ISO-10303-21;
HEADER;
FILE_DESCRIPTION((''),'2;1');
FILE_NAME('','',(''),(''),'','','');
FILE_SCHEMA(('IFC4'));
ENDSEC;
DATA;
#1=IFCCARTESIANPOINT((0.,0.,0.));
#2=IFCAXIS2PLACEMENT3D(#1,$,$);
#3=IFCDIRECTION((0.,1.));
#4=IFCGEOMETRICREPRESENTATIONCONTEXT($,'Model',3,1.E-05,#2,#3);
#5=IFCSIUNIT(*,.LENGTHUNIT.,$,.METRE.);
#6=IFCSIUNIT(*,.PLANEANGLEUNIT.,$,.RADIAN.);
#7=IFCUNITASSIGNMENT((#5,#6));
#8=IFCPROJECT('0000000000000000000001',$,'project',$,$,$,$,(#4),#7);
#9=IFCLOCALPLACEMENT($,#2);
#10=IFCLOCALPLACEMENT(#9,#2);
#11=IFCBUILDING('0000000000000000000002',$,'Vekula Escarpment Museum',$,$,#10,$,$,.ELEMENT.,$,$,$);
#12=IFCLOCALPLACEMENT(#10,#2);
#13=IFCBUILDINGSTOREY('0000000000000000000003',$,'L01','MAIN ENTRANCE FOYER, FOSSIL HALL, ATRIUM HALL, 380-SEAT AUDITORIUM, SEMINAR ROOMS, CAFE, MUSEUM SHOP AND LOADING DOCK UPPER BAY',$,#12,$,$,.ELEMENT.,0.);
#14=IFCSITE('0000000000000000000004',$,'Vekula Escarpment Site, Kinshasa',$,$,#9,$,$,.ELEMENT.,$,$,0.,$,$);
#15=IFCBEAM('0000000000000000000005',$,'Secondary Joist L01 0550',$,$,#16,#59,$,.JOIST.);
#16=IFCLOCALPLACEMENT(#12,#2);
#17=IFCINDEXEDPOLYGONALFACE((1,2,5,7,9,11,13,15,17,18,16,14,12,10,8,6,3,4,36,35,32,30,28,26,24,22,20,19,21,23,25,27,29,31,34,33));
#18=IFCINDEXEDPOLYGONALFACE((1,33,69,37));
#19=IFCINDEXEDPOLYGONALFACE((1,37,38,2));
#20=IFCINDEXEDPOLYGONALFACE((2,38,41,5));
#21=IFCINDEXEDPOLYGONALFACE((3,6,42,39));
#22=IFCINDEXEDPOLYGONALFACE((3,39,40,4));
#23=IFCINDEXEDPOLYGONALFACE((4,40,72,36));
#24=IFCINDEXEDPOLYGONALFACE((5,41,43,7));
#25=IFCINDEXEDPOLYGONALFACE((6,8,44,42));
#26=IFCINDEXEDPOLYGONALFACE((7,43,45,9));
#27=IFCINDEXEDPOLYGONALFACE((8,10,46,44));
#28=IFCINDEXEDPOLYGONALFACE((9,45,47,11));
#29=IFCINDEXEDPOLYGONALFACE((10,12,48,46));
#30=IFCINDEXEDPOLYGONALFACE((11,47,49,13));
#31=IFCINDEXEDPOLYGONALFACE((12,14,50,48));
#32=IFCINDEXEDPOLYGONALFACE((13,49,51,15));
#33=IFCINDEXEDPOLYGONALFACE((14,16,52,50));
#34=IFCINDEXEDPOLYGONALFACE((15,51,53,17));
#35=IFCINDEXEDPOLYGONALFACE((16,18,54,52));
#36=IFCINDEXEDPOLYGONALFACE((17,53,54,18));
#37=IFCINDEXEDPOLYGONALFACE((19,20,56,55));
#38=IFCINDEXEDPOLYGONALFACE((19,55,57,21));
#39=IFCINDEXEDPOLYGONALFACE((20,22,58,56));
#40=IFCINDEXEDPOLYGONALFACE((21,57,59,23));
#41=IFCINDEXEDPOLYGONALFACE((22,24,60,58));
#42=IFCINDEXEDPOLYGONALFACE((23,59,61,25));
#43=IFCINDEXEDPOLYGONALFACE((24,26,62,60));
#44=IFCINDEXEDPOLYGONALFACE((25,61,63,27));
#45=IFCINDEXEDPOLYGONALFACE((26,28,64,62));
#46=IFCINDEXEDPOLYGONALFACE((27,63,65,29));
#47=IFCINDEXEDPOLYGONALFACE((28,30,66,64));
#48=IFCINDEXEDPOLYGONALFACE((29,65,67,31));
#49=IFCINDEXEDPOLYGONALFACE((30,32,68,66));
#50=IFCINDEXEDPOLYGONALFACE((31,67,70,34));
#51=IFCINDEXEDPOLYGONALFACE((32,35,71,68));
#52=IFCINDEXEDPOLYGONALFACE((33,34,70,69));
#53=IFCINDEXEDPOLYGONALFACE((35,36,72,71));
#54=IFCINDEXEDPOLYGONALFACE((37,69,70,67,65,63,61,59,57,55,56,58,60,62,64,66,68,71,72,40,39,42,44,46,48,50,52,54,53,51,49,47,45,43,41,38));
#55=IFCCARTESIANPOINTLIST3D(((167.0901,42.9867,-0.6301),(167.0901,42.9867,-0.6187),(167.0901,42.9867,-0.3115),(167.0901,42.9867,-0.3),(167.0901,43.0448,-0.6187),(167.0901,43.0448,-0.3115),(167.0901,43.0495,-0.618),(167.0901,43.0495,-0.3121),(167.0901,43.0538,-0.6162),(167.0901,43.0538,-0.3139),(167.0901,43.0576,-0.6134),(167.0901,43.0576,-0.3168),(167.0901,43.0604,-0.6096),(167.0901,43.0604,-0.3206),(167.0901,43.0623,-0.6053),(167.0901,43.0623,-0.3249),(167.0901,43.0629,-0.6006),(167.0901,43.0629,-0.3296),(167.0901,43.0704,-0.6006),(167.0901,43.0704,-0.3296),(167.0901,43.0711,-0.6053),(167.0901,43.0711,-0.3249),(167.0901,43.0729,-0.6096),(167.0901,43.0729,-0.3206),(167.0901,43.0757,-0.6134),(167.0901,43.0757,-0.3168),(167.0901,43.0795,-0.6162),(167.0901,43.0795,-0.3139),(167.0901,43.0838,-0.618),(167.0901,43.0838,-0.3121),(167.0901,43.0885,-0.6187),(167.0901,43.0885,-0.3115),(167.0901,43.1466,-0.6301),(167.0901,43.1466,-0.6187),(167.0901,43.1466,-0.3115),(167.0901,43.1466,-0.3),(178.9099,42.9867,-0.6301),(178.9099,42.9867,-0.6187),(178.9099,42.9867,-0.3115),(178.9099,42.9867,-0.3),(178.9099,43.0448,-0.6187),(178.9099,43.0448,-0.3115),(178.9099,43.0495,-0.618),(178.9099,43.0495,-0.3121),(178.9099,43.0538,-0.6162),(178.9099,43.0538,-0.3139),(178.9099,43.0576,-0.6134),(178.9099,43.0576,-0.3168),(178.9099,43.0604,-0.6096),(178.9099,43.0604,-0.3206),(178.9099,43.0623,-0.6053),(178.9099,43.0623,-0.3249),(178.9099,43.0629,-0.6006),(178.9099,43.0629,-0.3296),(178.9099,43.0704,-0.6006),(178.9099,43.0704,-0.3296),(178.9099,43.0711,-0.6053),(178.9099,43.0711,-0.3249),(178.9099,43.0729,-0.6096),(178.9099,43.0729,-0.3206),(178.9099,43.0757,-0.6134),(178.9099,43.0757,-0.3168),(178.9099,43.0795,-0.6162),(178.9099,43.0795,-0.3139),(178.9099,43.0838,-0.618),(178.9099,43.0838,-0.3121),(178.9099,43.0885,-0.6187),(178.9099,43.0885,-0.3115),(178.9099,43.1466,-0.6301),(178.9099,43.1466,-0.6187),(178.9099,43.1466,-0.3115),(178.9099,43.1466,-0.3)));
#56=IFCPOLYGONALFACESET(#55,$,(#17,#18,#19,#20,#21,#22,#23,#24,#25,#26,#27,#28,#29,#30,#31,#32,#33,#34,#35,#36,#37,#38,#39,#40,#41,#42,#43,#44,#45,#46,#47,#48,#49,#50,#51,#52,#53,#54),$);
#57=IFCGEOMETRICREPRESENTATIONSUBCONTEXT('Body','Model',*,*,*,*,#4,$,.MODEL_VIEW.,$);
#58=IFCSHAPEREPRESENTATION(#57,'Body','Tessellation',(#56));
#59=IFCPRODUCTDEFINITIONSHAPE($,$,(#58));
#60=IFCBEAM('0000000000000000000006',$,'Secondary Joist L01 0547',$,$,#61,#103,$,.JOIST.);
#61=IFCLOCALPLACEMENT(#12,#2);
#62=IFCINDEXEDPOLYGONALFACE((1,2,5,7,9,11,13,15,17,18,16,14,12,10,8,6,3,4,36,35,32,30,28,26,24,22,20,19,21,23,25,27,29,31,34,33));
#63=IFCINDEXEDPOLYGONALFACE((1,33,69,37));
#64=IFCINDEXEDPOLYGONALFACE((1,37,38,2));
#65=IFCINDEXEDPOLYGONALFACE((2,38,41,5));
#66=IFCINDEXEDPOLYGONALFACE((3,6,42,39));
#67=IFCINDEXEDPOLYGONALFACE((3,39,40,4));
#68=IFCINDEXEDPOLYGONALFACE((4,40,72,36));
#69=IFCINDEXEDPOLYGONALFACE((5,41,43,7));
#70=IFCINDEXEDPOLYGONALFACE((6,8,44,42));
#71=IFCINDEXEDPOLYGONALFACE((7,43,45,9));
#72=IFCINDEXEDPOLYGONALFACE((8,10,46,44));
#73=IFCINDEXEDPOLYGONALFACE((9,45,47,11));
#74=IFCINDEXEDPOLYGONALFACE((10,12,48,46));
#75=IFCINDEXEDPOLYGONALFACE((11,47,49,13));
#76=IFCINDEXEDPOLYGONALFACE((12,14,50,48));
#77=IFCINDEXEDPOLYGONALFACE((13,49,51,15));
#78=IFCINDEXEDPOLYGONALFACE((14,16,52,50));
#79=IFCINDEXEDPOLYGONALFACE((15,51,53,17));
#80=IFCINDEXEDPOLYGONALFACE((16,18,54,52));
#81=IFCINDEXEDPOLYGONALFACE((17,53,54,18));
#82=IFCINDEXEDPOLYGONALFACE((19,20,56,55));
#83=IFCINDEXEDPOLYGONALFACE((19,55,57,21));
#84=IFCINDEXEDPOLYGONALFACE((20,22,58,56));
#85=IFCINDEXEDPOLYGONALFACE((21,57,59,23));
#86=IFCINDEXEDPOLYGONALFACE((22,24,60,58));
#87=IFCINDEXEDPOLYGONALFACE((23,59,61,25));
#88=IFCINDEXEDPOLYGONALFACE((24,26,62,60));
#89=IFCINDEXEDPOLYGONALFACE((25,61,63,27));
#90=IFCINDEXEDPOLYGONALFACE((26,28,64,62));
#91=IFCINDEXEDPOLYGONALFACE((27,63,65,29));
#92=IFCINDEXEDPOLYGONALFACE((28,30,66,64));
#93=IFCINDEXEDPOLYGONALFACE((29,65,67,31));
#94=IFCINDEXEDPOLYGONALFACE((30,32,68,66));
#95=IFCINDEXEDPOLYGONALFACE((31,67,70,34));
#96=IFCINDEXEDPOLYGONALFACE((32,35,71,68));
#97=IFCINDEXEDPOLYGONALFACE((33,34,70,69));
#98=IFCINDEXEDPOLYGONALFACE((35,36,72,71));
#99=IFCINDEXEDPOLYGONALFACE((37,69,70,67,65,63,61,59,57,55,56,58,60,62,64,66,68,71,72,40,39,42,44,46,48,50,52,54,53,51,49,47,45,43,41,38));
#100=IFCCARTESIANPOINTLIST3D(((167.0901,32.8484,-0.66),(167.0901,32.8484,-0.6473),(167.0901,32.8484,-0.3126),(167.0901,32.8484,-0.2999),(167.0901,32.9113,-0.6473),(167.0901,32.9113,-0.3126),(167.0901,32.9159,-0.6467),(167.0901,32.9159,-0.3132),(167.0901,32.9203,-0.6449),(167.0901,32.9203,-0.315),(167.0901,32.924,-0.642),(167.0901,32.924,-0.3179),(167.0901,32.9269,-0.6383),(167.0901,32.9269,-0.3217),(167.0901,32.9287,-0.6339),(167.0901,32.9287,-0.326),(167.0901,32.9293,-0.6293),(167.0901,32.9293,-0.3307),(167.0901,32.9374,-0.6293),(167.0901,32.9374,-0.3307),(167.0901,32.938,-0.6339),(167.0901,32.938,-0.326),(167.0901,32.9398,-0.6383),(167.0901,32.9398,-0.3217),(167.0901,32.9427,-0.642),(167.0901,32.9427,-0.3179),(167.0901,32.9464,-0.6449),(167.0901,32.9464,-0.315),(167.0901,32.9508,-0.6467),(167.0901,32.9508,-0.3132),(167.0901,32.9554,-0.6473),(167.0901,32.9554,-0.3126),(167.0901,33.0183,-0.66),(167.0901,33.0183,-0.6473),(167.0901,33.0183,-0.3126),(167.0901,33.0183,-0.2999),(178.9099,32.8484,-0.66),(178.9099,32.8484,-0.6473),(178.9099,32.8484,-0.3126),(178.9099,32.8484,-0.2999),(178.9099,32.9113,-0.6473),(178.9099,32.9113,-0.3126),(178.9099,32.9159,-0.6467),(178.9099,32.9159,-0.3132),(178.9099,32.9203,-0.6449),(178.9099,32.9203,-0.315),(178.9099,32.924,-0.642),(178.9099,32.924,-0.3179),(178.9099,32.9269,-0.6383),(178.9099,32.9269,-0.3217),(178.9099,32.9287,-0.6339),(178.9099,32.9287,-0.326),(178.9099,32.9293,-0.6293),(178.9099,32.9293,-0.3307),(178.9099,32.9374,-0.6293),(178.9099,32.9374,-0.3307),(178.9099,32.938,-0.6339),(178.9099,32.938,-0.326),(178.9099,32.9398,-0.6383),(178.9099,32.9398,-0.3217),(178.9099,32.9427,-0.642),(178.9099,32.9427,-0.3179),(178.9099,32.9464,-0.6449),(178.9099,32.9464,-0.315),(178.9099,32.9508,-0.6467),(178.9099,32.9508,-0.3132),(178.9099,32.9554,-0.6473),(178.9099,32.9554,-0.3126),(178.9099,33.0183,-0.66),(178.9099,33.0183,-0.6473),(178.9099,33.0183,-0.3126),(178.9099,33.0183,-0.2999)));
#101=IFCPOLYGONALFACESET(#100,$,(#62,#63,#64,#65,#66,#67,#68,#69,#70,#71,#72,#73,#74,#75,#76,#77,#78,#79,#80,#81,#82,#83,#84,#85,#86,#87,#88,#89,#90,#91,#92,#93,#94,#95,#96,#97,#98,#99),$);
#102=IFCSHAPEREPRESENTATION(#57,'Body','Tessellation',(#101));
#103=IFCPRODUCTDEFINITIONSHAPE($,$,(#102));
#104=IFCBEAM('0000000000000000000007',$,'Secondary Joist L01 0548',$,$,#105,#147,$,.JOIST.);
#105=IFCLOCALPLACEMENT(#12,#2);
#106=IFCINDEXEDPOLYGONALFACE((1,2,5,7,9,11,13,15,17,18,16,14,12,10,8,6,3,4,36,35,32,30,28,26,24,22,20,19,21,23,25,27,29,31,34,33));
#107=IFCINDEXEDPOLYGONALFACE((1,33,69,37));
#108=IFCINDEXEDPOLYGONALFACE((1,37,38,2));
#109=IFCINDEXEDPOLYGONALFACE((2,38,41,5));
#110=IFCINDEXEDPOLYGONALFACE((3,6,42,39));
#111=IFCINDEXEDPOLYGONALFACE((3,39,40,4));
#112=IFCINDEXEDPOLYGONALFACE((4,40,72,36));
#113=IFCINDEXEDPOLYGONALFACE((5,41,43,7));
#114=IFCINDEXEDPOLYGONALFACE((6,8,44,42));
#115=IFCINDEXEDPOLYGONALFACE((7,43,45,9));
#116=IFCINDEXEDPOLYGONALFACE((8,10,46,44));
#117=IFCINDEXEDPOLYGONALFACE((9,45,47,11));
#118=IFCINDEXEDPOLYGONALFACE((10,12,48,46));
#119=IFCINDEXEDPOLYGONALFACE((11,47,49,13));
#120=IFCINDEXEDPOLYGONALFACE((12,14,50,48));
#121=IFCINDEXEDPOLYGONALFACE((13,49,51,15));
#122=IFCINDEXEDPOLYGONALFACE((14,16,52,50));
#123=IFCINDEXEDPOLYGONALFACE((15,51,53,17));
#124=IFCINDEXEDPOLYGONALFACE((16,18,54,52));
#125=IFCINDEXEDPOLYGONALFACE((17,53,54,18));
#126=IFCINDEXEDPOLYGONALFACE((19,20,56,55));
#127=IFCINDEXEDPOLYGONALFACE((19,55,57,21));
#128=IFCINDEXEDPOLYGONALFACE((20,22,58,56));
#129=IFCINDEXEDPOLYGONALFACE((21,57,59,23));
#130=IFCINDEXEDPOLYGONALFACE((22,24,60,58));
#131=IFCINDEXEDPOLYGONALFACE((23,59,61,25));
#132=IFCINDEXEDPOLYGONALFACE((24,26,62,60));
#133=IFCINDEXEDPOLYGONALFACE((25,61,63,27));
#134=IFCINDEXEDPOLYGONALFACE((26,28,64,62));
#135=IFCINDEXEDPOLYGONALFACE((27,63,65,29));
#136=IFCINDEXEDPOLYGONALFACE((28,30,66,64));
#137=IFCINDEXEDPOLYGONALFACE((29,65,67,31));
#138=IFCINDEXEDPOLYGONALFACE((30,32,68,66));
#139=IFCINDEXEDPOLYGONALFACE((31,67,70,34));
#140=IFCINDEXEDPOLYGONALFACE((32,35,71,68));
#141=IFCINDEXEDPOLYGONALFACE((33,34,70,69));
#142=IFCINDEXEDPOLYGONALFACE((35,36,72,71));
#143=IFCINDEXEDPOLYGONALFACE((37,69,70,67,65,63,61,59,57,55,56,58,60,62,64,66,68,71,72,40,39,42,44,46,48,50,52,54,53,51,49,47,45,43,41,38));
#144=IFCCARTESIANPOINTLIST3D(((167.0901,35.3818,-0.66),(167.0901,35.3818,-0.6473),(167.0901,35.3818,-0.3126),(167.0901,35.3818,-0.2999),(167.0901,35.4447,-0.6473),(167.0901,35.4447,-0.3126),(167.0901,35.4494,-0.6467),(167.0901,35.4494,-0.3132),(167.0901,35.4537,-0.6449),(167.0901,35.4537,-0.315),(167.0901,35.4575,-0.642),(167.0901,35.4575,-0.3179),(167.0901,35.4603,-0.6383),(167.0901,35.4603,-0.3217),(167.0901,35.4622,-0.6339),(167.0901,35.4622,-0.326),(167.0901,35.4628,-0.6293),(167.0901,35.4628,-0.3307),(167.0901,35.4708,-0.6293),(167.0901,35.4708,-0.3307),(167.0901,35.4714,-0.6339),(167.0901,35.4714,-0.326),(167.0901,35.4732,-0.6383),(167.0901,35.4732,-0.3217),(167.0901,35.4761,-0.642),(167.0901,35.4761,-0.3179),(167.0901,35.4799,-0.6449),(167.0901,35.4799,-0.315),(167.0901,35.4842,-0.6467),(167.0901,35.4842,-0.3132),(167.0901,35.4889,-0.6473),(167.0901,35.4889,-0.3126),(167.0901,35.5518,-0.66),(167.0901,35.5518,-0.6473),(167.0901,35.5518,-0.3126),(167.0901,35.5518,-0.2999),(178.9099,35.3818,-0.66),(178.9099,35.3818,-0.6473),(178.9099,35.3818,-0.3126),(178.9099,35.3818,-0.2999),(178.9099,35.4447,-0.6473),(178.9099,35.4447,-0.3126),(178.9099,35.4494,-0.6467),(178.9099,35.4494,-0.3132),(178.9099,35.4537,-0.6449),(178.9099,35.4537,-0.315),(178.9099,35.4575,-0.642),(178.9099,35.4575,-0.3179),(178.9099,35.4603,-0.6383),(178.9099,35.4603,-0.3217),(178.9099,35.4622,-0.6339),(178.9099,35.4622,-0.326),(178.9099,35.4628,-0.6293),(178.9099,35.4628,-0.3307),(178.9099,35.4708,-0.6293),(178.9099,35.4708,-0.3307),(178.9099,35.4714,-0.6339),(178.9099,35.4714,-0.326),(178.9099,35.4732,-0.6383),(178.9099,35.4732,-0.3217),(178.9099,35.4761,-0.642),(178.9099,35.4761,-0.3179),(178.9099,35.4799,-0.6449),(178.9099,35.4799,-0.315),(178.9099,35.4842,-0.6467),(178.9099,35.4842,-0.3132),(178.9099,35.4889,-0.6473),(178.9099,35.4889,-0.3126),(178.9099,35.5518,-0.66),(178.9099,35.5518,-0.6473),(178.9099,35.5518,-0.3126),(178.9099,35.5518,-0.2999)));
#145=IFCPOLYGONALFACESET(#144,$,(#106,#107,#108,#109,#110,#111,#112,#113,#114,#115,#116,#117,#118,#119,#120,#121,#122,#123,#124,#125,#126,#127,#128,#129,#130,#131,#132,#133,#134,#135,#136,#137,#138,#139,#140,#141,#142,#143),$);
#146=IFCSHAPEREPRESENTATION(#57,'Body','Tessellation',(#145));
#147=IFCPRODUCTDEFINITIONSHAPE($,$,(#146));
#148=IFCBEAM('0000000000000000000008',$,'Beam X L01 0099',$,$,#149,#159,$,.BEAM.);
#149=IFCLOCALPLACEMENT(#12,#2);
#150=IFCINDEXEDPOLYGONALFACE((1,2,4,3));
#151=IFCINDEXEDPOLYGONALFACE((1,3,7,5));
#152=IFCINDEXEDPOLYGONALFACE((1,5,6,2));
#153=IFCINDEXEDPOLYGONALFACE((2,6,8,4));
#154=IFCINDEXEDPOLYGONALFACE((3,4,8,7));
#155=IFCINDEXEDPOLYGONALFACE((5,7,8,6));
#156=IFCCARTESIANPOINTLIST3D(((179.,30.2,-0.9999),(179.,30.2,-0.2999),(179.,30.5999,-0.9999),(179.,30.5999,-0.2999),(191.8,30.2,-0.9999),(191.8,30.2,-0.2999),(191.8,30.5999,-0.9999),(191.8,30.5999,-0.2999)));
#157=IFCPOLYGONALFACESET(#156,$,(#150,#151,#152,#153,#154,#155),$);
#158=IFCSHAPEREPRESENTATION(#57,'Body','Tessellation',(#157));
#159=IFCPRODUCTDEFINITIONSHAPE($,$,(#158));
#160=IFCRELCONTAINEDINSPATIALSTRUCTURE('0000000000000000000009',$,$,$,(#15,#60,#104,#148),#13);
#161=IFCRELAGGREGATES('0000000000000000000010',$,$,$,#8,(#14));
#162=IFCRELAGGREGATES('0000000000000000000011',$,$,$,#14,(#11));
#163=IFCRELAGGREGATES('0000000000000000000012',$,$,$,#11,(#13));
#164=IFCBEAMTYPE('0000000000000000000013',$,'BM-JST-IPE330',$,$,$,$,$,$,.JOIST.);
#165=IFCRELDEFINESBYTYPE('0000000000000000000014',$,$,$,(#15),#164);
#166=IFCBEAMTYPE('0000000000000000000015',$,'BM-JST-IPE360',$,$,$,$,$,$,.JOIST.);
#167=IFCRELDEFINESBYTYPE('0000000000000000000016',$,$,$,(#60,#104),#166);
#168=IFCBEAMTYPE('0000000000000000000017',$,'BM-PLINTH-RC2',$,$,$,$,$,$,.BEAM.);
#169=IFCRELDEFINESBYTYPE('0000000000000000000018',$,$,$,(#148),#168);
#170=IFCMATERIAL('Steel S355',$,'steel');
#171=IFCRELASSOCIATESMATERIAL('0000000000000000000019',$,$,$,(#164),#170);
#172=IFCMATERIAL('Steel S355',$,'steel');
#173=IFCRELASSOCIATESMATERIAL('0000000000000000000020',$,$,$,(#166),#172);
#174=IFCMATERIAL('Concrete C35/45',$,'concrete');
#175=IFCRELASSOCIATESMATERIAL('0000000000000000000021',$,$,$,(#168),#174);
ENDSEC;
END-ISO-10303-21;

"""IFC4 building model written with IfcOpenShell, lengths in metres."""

from ifc_helpers import new_model, si_unit, direction, frame, origin, origin_2d, place, context, subcontext, project, spatial, rectangle, i_section, extrude, material, material_profile, profile_set, type_object, element, save


model = new_model("IFC4")

# Units and contexts
model_context = context("Model", 3, precision=1e-05, world=origin(), true_north=direction((0.0, 1.0)))
body_context = subcontext(model_context, "Body", "Model", "MODEL_VIEW")
ifc_project = project(units=[si_unit("LENGTHUNIT", "METRE"), si_unit("PLANEANGLEUNIT", "RADIAN")], contexts=[model_context])

# Site, building, storey
site_placement = place(None, origin())
site = spatial("IfcSite", under=ifc_project, at=site_placement, Name="Vekula Escarpment Site, Kinshasa", CompositionType="ELEMENT", RefElevation=0.0)
building_placement = place(site_placement, origin())
building = spatial("IfcBuilding", under=site, at=building_placement, Name="Vekula Escarpment Museum", CompositionType="ELEMENT")
storey_placement = place(building_placement, origin())
storey = spatial("IfcBuildingStorey", under=building, at=storey_placement, Name="L01", Description="MAIN ENTRANCE FOYER, FOSSIL HALL, ATRIUM HALL, 380-SEAT AUDITORIUM, SEMINAR ROOMS, CAFE, MUSEUM SHOP AND LOADING DOCK UPPER BAY", CompositionType="ELEMENT", Elevation=0.0)

# Beams
ifc_material_1 = material(Name="Steel S355", Category="steel")
ifc_material_profile_1 = material_profile(ifc_material_1, i_section(OverallWidth=0.1599, OverallDepth=0.3301, WebThickness=0.0076, FlangeThickness=0.0115, FilletRadius=0.0181, at=origin_2d()), Name="IPE 330")
ifc_profile_set_1 = profile_set([ifc_material_profile_1], Name="Steel S355")
beam_type_1 = type_object("IfcBeamType", Name="BM-JST-IPE330", PredefinedType="JOIST", material=ifc_profile_set_1)
for number, where, z_axis, x_axis, name in (
    (1, (167.0901, 43.0667, -0.4651), (1.0, 0.0, 0.0), (0.0, 1.0, 0.0), "Secondary Joist L01 0550"),
):
    element("IfcBeam", number, at=place(storey_placement, frame(where, z_axis=z_axis, x_axis=x_axis)), inside=storey, type_object=beam_type_1, Name=name, PredefinedType="JOIST", context=body_context, shape_type="SweptSolid", body=[
        extrude(i_section(OverallWidth=0.1599, OverallDepth=0.3301, WebThickness=0.0076, FlangeThickness=0.0115, FilletRadius=0.0181, at=origin_2d()), origin(), (0.0, 0.0, 1.0), 11.8198),
    ])
ifc_material_2 = material(Name="Steel S355", Category="steel")
ifc_material_profile_2 = material_profile(ifc_material_2, i_section(OverallWidth=0.1699, OverallDepth=0.3601, WebThickness=0.0081, FlangeThickness=0.0127, FilletRadius=0.0181, at=origin_2d()), Name="IPE 360")
ifc_profile_set_2 = profile_set([ifc_material_profile_2], Name="Steel S355")
beam_type_2 = type_object("IfcBeamType", Name="BM-JST-IPE360", PredefinedType="JOIST", material=ifc_profile_set_2)
for number, where, z_axis, x_axis, name in (
    (2, (167.0901, 32.9333, -0.48), (1.0, 0.0, 0.0), (0.0, 1.0, 0.0), "Secondary Joist L01 0547"),
    (3, (167.0901, 35.4668, -0.48), (1.0, 0.0, 0.0), (0.0, 1.0, 0.0), "Secondary Joist L01 0548"),
):
    element("IfcBeam", number, at=place(storey_placement, frame(where, z_axis=z_axis, x_axis=x_axis)), inside=storey, type_object=beam_type_2, Name=name, PredefinedType="JOIST", context=body_context, shape_type="SweptSolid", body=[
        extrude(i_section(OverallWidth=0.1699, OverallDepth=0.3601, WebThickness=0.0081, FlangeThickness=0.0127, FilletRadius=0.0181, at=origin_2d()), origin(), (0.0, 0.0, 1.0), 11.8198),
    ])
ifc_material_3 = material(Name="Concrete C35/45", Category="concrete")
ifc_material_profile_3 = material_profile(ifc_material_3, rectangle(XDim=0.3999, YDim=0.7, at=origin_2d()), Name="RC 400x700")
ifc_profile_set_3 = profile_set([ifc_material_profile_3], Name="Concrete C35/45")
beam_type_3 = type_object("IfcBeamType", Name="BM-PLINTH-RC2", PredefinedType="BEAM", material=ifc_profile_set_3)
beam_1_placement = place(storey_placement, frame((179.0, 30.3999, -0.6499), z_axis=(1.0, 0.0, 0.0), x_axis=(0.0, 1.0, 0.0)))
element("IfcBeam", 4, at=beam_1_placement, inside=storey, type_object=beam_type_3, Name="Beam X L01 0099", PredefinedType="BEAM", context=body_context, shape_type="SweptSolid", body=[
    extrude(rectangle(XDim=0.3999, YDim=0.7, at=origin_2d()), origin(), (0.0, 0.0, 1.0), 12.8),
])

save(model, "model.ifc")
